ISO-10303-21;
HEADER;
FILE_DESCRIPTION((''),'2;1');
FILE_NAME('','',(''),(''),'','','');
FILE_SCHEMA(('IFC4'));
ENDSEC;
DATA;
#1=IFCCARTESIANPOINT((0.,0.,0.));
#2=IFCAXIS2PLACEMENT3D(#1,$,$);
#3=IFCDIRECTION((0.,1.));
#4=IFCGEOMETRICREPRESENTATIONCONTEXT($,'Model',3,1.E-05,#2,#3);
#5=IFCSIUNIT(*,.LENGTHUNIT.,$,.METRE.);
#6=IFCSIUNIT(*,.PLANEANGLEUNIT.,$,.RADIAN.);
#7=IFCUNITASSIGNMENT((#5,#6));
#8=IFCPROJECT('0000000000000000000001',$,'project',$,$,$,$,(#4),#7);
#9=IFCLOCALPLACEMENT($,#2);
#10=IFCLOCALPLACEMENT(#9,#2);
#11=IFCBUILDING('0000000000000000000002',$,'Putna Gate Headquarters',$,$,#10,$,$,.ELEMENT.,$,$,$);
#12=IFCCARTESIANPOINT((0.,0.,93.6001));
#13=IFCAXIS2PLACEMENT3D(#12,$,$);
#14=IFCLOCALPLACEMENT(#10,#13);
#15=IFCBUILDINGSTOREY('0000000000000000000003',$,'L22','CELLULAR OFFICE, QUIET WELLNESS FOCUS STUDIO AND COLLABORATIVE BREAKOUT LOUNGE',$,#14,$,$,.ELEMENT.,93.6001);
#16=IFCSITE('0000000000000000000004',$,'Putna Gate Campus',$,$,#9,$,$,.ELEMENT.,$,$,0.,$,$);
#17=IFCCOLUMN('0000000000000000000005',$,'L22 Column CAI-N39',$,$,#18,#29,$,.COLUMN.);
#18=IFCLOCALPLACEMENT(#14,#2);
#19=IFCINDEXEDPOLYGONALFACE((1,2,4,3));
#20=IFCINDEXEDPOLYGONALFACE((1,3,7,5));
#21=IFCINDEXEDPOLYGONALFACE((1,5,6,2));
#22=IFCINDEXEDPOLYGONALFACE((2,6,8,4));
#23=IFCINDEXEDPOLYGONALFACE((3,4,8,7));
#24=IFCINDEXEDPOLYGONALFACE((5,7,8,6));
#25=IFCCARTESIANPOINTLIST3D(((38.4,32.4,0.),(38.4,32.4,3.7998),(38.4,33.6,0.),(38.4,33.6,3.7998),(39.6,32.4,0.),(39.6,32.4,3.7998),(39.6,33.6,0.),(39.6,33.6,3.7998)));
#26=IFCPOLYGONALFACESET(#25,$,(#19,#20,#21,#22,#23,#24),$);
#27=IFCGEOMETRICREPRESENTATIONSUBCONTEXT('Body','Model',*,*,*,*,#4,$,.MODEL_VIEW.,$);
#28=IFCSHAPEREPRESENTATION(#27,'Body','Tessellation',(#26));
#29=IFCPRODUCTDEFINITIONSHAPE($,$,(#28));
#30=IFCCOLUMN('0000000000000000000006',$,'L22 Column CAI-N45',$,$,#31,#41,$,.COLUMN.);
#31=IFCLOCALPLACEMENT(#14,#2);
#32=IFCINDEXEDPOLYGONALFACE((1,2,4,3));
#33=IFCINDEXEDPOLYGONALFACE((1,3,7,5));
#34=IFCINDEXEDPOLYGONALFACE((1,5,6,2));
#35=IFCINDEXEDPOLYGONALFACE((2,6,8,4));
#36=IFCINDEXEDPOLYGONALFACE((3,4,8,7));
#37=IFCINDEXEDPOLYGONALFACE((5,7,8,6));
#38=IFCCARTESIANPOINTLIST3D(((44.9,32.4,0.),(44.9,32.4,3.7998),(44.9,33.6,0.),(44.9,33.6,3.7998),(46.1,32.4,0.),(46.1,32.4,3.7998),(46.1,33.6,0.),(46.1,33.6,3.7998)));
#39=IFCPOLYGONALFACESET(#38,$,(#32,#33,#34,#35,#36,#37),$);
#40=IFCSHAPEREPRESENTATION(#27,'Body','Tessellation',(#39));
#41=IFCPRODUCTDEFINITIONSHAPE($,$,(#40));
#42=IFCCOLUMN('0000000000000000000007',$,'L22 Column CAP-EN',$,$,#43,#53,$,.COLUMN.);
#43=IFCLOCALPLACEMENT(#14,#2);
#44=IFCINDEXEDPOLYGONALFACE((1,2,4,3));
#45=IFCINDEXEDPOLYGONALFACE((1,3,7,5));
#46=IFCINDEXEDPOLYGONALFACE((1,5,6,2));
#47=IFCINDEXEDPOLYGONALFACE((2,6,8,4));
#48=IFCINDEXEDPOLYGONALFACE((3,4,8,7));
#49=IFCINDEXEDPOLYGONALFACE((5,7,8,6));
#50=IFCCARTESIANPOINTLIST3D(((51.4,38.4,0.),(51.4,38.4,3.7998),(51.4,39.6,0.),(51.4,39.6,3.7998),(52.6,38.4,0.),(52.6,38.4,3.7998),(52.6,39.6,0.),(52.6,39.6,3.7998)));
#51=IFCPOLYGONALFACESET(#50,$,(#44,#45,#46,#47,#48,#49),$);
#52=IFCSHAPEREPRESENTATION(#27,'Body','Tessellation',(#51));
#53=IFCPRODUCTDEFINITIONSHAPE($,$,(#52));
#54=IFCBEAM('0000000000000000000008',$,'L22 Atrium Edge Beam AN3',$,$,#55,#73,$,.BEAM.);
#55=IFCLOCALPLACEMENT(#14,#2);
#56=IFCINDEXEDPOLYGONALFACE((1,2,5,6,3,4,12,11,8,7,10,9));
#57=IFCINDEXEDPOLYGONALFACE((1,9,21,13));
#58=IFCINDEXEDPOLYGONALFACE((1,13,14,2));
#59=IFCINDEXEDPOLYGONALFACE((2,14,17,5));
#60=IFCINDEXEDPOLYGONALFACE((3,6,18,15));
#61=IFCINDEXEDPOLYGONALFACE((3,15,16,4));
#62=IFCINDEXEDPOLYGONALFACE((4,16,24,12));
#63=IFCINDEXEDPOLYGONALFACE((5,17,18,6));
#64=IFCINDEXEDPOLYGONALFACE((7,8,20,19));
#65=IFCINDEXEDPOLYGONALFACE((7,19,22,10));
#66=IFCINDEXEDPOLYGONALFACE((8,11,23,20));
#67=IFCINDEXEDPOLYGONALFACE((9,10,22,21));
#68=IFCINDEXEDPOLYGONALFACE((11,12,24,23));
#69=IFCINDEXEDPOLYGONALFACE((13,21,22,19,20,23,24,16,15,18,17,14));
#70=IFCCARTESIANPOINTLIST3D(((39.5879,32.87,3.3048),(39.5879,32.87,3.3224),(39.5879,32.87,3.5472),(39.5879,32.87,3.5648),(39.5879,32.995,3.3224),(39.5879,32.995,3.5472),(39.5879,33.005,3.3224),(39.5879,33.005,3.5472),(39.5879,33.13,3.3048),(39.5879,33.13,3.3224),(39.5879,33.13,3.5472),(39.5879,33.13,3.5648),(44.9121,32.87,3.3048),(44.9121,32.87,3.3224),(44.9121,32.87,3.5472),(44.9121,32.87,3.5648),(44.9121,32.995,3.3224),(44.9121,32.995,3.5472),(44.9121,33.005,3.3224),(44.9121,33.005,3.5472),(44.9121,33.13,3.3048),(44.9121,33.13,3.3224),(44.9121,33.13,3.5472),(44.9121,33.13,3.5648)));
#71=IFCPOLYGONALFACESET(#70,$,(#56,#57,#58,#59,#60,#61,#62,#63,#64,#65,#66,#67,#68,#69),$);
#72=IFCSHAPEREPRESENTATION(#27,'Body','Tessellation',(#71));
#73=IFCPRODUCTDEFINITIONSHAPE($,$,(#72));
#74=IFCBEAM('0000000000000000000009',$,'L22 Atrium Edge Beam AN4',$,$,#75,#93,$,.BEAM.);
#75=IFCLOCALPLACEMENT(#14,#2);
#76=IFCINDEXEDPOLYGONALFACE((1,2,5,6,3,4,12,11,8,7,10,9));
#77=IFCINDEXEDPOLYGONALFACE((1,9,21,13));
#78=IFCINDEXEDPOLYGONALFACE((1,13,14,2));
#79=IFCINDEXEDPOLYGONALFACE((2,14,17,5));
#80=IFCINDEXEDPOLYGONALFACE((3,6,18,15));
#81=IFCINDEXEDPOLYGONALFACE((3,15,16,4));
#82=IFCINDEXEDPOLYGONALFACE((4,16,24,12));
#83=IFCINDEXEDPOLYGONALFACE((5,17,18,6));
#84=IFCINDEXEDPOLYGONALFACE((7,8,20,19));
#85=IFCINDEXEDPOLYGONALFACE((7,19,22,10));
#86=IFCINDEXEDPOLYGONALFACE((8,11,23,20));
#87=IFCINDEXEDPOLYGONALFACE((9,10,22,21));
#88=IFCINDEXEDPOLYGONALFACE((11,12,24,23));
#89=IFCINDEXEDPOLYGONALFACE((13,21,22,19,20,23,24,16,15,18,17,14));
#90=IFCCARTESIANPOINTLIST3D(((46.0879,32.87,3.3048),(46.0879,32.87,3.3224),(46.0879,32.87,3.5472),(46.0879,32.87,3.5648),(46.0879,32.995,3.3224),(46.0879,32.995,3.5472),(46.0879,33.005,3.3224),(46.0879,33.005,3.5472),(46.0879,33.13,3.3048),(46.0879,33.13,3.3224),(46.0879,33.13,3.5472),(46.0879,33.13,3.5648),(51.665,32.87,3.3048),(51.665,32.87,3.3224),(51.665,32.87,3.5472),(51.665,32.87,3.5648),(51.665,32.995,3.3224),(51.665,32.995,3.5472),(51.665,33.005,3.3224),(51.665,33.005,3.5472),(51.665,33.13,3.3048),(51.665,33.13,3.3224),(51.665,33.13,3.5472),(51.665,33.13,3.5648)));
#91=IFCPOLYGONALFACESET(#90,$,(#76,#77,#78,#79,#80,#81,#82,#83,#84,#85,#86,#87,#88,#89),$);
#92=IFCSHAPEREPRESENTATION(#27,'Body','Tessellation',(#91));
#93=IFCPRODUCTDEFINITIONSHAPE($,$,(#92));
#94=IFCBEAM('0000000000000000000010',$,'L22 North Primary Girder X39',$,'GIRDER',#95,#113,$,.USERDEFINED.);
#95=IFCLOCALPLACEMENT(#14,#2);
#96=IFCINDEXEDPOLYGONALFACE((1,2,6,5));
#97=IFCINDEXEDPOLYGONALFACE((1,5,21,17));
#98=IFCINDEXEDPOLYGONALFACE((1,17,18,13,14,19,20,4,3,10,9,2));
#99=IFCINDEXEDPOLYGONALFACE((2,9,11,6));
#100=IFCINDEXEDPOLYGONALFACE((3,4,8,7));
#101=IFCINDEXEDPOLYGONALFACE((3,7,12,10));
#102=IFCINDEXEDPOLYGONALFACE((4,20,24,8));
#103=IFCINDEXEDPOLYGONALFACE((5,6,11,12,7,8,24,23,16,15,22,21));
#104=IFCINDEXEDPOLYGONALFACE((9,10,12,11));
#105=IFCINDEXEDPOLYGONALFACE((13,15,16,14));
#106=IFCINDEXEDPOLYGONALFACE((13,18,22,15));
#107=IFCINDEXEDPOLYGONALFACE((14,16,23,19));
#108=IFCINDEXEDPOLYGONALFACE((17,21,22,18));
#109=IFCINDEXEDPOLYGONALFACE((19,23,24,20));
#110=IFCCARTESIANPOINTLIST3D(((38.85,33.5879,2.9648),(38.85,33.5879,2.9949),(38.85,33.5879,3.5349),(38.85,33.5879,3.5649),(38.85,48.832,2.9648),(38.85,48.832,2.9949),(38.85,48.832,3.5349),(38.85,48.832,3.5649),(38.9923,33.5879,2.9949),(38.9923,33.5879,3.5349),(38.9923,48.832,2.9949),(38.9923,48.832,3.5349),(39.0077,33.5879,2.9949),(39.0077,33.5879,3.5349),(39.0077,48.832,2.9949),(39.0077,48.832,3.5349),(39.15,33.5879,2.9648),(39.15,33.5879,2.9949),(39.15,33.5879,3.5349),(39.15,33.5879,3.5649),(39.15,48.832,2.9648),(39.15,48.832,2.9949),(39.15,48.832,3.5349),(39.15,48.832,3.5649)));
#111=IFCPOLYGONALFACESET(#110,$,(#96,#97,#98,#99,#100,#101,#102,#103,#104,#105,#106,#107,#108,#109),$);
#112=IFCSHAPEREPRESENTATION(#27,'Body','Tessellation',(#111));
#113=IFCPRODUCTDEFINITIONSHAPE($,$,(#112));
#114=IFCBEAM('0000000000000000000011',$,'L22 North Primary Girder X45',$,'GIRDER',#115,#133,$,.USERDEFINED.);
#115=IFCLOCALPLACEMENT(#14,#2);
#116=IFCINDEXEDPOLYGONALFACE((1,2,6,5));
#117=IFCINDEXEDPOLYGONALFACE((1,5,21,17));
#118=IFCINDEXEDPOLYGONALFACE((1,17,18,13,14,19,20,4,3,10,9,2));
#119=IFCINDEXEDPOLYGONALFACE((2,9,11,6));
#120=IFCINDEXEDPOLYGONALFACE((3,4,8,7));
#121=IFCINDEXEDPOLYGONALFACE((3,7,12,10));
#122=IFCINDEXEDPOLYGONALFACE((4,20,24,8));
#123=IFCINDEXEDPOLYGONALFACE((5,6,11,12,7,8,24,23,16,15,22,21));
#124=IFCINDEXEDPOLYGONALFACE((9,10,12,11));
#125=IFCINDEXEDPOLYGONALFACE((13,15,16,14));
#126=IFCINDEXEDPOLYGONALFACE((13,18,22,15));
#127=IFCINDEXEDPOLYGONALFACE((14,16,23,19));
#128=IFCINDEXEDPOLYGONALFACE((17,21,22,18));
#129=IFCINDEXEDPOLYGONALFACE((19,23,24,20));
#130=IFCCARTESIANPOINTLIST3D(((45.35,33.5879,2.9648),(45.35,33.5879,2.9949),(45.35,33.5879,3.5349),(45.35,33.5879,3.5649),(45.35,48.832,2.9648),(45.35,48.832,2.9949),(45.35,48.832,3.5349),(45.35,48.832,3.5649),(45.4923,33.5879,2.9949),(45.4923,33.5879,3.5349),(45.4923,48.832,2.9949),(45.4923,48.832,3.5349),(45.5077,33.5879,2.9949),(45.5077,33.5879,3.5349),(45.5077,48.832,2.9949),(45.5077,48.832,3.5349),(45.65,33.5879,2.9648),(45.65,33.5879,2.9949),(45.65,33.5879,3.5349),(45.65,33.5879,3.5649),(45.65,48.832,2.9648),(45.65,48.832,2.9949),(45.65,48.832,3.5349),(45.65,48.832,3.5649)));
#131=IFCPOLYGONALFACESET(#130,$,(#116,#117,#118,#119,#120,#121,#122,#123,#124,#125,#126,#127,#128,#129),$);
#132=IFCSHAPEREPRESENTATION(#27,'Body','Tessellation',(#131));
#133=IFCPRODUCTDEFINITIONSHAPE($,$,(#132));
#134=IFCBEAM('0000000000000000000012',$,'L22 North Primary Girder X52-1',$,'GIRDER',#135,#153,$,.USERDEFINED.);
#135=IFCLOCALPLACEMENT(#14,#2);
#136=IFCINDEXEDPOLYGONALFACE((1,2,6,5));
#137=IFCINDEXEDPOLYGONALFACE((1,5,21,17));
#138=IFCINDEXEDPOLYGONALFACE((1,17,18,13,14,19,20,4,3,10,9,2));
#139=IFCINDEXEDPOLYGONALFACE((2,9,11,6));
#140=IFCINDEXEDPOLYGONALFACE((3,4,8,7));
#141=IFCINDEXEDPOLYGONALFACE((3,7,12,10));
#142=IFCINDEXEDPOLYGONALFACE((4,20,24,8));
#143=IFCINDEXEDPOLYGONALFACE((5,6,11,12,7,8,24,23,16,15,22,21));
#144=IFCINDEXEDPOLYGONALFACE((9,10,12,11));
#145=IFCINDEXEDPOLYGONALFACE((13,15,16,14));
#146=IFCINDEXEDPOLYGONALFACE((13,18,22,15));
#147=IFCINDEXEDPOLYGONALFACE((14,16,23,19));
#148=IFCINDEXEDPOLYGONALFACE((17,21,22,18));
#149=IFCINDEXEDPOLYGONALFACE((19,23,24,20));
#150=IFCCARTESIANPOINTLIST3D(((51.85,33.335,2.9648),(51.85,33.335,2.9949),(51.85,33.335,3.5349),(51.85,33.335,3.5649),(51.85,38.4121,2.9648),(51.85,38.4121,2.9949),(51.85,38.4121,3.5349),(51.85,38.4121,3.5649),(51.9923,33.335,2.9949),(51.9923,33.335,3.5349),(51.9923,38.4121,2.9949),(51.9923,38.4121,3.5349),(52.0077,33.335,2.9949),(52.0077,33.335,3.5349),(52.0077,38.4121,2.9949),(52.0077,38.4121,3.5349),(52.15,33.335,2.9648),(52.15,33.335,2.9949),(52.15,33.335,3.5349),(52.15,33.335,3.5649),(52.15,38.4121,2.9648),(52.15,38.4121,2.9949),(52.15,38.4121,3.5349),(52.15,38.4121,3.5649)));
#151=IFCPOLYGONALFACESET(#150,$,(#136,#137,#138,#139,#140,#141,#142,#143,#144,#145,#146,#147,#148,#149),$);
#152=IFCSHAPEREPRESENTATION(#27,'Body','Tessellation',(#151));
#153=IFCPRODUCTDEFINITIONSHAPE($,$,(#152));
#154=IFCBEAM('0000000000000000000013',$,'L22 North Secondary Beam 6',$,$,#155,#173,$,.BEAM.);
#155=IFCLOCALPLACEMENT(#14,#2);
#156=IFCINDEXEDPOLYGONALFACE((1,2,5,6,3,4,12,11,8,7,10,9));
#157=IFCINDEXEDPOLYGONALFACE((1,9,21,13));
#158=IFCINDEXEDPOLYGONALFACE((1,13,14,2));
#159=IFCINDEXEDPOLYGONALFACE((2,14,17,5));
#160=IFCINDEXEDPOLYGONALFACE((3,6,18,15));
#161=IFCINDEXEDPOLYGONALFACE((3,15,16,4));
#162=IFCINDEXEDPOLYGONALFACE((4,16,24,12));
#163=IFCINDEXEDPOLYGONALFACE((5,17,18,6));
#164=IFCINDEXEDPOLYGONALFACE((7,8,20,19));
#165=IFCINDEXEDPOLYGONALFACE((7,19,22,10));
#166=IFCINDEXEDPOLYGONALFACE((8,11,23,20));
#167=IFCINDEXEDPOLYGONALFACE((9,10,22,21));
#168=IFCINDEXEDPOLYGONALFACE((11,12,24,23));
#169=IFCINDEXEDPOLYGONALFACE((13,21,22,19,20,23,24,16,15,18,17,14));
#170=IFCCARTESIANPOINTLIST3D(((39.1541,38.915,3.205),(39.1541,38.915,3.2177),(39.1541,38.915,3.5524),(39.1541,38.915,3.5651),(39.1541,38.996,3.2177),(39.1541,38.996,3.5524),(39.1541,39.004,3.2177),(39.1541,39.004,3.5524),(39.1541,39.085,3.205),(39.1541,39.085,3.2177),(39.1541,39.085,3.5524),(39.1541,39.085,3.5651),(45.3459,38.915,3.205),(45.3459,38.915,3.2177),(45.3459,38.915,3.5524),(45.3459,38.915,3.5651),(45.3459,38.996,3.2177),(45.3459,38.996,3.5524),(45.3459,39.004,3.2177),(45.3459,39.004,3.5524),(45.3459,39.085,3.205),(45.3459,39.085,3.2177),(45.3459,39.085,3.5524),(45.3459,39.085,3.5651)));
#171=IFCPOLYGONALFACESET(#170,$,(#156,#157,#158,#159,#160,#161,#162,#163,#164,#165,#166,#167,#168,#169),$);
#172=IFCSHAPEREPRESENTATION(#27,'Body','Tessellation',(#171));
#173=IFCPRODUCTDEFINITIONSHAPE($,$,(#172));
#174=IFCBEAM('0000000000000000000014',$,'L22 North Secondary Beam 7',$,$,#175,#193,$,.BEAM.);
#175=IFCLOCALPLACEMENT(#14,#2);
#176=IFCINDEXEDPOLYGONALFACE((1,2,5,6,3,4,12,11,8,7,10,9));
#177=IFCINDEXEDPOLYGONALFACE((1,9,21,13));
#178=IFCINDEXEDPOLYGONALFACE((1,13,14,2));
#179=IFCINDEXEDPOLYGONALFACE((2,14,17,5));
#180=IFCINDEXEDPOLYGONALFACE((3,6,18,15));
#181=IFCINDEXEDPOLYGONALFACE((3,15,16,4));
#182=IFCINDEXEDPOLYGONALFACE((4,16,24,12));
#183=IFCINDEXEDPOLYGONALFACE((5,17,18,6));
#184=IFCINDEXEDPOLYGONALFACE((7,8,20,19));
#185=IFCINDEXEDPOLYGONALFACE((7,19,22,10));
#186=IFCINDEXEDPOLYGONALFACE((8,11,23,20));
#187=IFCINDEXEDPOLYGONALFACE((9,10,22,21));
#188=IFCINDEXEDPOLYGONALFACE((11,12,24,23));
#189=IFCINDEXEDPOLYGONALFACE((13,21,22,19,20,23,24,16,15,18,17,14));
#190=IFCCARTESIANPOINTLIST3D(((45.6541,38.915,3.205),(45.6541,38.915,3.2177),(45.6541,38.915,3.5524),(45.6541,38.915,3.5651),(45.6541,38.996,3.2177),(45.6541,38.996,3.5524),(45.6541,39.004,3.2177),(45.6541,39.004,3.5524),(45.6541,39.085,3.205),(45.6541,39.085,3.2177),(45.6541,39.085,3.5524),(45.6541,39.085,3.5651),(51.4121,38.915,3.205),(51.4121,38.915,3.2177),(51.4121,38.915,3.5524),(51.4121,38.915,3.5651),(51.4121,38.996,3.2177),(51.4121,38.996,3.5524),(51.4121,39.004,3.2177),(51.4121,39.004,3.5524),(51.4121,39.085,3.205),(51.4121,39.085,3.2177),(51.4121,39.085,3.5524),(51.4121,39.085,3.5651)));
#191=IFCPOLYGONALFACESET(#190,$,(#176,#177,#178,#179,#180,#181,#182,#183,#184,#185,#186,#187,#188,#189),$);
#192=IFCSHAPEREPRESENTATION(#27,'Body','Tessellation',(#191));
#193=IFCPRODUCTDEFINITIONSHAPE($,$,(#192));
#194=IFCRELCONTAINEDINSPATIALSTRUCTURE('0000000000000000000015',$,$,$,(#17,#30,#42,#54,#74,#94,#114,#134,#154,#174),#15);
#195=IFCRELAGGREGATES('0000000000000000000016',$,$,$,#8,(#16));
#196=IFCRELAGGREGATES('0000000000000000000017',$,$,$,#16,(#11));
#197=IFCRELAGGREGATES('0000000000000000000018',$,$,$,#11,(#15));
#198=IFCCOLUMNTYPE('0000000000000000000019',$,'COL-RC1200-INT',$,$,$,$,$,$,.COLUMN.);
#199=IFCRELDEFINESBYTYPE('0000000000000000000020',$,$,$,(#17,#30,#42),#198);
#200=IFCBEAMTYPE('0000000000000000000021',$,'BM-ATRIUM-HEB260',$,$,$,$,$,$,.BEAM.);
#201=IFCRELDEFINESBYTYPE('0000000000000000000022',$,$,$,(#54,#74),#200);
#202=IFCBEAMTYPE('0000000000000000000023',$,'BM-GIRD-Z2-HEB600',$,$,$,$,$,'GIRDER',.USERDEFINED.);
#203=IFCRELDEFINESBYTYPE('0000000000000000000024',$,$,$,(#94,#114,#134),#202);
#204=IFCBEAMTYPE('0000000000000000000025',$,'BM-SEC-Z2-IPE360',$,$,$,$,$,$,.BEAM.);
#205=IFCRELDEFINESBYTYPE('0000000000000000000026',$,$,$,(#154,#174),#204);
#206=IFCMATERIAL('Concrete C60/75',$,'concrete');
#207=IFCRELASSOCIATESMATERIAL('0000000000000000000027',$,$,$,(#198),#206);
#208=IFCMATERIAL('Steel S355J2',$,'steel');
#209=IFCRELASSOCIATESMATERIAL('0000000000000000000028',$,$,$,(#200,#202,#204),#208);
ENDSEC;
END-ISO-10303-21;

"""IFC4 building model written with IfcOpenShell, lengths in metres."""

from ifc_helpers import new_model, si_unit, direction, frame, origin, origin_2d, place, context, subcontext, project, spatial, rectangle, i_section, extrude, material, material_profile, profile_set, type_object, element, save


model = new_model("IFC4")

# Units and contexts
model_context = context("Model", 3, precision=1e-05, world=origin(), true_north=direction((0.0, 1.0)))
body_context = subcontext(model_context, "Body", "Model", "MODEL_VIEW")
ifc_project = project(units=[si_unit("LENGTHUNIT", "METRE"), si_unit("PLANEANGLEUNIT", "RADIAN")], contexts=[model_context])

# Site, building, storey
site_placement = place(None, origin())
site = spatial("IfcSite", under=ifc_project, at=site_placement, Name="Putna Gate Campus", CompositionType="ELEMENT", RefElevation=0.0)
building_placement = place(site_placement, origin())
building = spatial("IfcBuilding", under=site, at=building_placement, Name="Putna Gate Headquarters", CompositionType="ELEMENT")
storey_placement = place(building_placement, frame((0.0, 0.0, 93.6001)))
storey = spatial("IfcBuildingStorey", under=building, at=storey_placement, Name="L22", Description="CELLULAR OFFICE, QUIET WELLNESS FOCUS STUDIO AND COLLABORATIVE BREAKOUT LOUNGE", CompositionType="ELEMENT", Elevation=93.6001)

# Columns
ifc_material_1 = material(Name="Concrete C60/75", Category="concrete")
ifc_material_profile_1 = material_profile(ifc_material_1, rectangle(XDim=1.2, YDim=1.2, at=origin_2d()), Name="Concrete C60/75")
ifc_profile_set_1 = profile_set([ifc_material_profile_1], Name="Concrete C60/75")
column_type = type_object("IfcColumnType", Name="COL-RC1200-INT", PredefinedType="COLUMN", material=ifc_profile_set_1)
for number, where, z_axis, x_axis, name in (
    (1, (39.0, 33.0, 0.0), (0.0, 0.0, 1.0), (1.0, 0.0, 0.0), "L22 Column CAI-N39"),
    (2, (45.5, 33.0, 0.0), (0.0, 0.0, 1.0), (1.0, 0.0, 0.0), "L22 Column CAI-N45"),
    (3, (52.0, 39.0, 0.0), (0.0, 0.0, 1.0), (1.0, 0.0, 0.0), "L22 Column CAP-EN"),
):
    element("IfcColumn", number, at=place(storey_placement, frame(where, z_axis=z_axis, x_axis=x_axis)), inside=storey, type_object=column_type, Name=name, PredefinedType="COLUMN", context=body_context, shape_type="SweptSolid", body=[
        extrude(rectangle(XDim=1.2, YDim=1.2, at=origin_2d()), origin(), (0.0, 0.0, 1.0), 3.7998),
    ])

# Beams
ifc_material_2 = material(Name="Steel S355J2", Category="steel")
ifc_material_profile_2 = material_profile(ifc_material_2, i_section(OverallWidth=0.26, OverallDepth=0.26, WebThickness=0.01, FlangeThickness=0.0176, at=origin_2d()), Name="Steel S355J2")
ifc_profile_set_2 = profile_set([ifc_material_profile_2], Name="Steel S355J2")
beam_type_1 = type_object("IfcBeamType", Name="BM-ATRIUM-HEB260", PredefinedType="BEAM", material=ifc_profile_set_2)
beam_1_placement = place(storey_placement, frame((39.5879, 33.0, 3.4348), z_axis=(1.0, 0.0, 0.0), x_axis=(0.0, 1.0, 0.0)))
element("IfcBeam", 4, at=beam_1_placement, inside=storey, type_object=beam_type_1, Name="L22 Atrium Edge Beam AN3", PredefinedType="BEAM", context=body_context, shape_type="SweptSolid", body=[
    extrude(i_section(OverallWidth=0.26, OverallDepth=0.26, WebThickness=0.01, FlangeThickness=0.0176, at=origin_2d()), origin(), (0.0, 0.0, 1.0), 5.3242),
])
beam_2_placement = place(storey_placement, frame((46.0879, 33.0, 3.4348), z_axis=(1.0, 0.0, 0.0), x_axis=(0.0, 1.0, 0.0)))
element("IfcBeam", 5, at=beam_2_placement, inside=storey, type_object=beam_type_1, Name="L22 Atrium Edge Beam AN4", PredefinedType="BEAM", context=body_context, shape_type="SweptSolid", body=[
    extrude(i_section(OverallWidth=0.26, OverallDepth=0.26, WebThickness=0.01, FlangeThickness=0.0176, at=origin_2d()), origin(), (0.0, 0.0, 1.0), 5.5771),
])
ifc_material_profile_3 = material_profile(ifc_material_2, i_section(OverallWidth=0.3, OverallDepth=0.6001, WebThickness=0.0154, FlangeThickness=0.03, at=origin_2d()), Name="Steel S355J2")
ifc_profile_set_3 = profile_set([ifc_material_profile_3], Name="Steel S355J2")
beam_type_2 = type_object("IfcBeamType", Name="BM-GIRD-Z2-HEB600", ElementType="GIRDER", PredefinedType="USERDEFINED", material=ifc_profile_set_3)
for number, where, z_axis, x_axis, name in (
    (6, (39.0, 33.5879, 3.2649), (0.0, 1.0, 0.0), (-1.0, 0.0, 0.0), "L22 North Primary Girder X39"),
    (7, (45.5, 33.5879, 3.2649), (0.0, 1.0, 0.0), (-1.0, 0.0, 0.0), "L22 North Primary Girder X45"),
):
    element("IfcBeam", number, at=place(storey_placement, frame(where, z_axis=z_axis, x_axis=x_axis)), inside=storey, type_object=beam_type_2, Name=name, ObjectType="GIRDER", PredefinedType="USERDEFINED", context=body_context, shape_type="SweptSolid", body=[
        extrude(i_section(OverallWidth=0.3, OverallDepth=0.6001, WebThickness=0.0154, FlangeThickness=0.03, at=origin_2d()), origin(), (0.0, 0.0, 1.0), 15.2441),
    ])
beam_3_placement = place(storey_placement, frame((52.0, 33.335, 3.2649), z_axis=(0.0, 1.0, 0.0), x_axis=(-1.0, 0.0, 0.0)))
element("IfcBeam", 8, at=beam_3_placement, inside=storey, type_object=beam_type_2, Name="L22 North Primary Girder X52-1", ObjectType="GIRDER", PredefinedType="USERDEFINED", context=body_context, shape_type="SweptSolid", body=[
    extrude(i_section(OverallWidth=0.3, OverallDepth=0.6001, WebThickness=0.0154, FlangeThickness=0.03, at=origin_2d()), origin(), (0.0, 0.0, 1.0), 5.0771),
])
ifc_material_profile_4 = material_profile(ifc_material_2, i_section(OverallWidth=0.1699, OverallDepth=0.3601, WebThickness=0.0081, FlangeThickness=0.0127, at=origin_2d()), Name="Steel S355J2")
ifc_profile_set_4 = profile_set([ifc_material_profile_4], Name="Steel S355J2")
beam_type_3 = type_object("IfcBeamType", Name="BM-SEC-Z2-IPE360", PredefinedType="BEAM", material=ifc_profile_set_4)
beam_4_placement = place(storey_placement, frame((39.1541, 39.0, 3.385), z_axis=(1.0, 0.0, 0.0), x_axis=(0.0, 1.0, 0.0)))
element("IfcBeam", 9, at=beam_4_placement, inside=storey, type_object=beam_type_3, Name="L22 North Secondary Beam 6", PredefinedType="BEAM", context=body_context, shape_type="SweptSolid", body=[
    extrude(i_section(OverallWidth=0.1699, OverallDepth=0.3601, WebThickness=0.0081, FlangeThickness=0.0127, at=origin_2d()), origin(), (0.0, 0.0, 1.0), 6.1919),
])
beam_5_placement = place(storey_placement, frame((45.6541, 39.0, 3.385), z_axis=(1.0, 0.0, 0.0), x_axis=(0.0, 1.0, 0.0)))
element("IfcBeam", 10, at=beam_5_placement, inside=storey, type_object=beam_type_3, Name="L22 North Secondary Beam 7", PredefinedType="BEAM", context=body_context, shape_type="SweptSolid", body=[
    extrude(i_section(OverallWidth=0.1699, OverallDepth=0.3601, WebThickness=0.0081, FlangeThickness=0.0127, at=origin_2d()), origin(), (0.0, 0.0, 1.0), 5.7581),
])

save(model, "model.ifc")
